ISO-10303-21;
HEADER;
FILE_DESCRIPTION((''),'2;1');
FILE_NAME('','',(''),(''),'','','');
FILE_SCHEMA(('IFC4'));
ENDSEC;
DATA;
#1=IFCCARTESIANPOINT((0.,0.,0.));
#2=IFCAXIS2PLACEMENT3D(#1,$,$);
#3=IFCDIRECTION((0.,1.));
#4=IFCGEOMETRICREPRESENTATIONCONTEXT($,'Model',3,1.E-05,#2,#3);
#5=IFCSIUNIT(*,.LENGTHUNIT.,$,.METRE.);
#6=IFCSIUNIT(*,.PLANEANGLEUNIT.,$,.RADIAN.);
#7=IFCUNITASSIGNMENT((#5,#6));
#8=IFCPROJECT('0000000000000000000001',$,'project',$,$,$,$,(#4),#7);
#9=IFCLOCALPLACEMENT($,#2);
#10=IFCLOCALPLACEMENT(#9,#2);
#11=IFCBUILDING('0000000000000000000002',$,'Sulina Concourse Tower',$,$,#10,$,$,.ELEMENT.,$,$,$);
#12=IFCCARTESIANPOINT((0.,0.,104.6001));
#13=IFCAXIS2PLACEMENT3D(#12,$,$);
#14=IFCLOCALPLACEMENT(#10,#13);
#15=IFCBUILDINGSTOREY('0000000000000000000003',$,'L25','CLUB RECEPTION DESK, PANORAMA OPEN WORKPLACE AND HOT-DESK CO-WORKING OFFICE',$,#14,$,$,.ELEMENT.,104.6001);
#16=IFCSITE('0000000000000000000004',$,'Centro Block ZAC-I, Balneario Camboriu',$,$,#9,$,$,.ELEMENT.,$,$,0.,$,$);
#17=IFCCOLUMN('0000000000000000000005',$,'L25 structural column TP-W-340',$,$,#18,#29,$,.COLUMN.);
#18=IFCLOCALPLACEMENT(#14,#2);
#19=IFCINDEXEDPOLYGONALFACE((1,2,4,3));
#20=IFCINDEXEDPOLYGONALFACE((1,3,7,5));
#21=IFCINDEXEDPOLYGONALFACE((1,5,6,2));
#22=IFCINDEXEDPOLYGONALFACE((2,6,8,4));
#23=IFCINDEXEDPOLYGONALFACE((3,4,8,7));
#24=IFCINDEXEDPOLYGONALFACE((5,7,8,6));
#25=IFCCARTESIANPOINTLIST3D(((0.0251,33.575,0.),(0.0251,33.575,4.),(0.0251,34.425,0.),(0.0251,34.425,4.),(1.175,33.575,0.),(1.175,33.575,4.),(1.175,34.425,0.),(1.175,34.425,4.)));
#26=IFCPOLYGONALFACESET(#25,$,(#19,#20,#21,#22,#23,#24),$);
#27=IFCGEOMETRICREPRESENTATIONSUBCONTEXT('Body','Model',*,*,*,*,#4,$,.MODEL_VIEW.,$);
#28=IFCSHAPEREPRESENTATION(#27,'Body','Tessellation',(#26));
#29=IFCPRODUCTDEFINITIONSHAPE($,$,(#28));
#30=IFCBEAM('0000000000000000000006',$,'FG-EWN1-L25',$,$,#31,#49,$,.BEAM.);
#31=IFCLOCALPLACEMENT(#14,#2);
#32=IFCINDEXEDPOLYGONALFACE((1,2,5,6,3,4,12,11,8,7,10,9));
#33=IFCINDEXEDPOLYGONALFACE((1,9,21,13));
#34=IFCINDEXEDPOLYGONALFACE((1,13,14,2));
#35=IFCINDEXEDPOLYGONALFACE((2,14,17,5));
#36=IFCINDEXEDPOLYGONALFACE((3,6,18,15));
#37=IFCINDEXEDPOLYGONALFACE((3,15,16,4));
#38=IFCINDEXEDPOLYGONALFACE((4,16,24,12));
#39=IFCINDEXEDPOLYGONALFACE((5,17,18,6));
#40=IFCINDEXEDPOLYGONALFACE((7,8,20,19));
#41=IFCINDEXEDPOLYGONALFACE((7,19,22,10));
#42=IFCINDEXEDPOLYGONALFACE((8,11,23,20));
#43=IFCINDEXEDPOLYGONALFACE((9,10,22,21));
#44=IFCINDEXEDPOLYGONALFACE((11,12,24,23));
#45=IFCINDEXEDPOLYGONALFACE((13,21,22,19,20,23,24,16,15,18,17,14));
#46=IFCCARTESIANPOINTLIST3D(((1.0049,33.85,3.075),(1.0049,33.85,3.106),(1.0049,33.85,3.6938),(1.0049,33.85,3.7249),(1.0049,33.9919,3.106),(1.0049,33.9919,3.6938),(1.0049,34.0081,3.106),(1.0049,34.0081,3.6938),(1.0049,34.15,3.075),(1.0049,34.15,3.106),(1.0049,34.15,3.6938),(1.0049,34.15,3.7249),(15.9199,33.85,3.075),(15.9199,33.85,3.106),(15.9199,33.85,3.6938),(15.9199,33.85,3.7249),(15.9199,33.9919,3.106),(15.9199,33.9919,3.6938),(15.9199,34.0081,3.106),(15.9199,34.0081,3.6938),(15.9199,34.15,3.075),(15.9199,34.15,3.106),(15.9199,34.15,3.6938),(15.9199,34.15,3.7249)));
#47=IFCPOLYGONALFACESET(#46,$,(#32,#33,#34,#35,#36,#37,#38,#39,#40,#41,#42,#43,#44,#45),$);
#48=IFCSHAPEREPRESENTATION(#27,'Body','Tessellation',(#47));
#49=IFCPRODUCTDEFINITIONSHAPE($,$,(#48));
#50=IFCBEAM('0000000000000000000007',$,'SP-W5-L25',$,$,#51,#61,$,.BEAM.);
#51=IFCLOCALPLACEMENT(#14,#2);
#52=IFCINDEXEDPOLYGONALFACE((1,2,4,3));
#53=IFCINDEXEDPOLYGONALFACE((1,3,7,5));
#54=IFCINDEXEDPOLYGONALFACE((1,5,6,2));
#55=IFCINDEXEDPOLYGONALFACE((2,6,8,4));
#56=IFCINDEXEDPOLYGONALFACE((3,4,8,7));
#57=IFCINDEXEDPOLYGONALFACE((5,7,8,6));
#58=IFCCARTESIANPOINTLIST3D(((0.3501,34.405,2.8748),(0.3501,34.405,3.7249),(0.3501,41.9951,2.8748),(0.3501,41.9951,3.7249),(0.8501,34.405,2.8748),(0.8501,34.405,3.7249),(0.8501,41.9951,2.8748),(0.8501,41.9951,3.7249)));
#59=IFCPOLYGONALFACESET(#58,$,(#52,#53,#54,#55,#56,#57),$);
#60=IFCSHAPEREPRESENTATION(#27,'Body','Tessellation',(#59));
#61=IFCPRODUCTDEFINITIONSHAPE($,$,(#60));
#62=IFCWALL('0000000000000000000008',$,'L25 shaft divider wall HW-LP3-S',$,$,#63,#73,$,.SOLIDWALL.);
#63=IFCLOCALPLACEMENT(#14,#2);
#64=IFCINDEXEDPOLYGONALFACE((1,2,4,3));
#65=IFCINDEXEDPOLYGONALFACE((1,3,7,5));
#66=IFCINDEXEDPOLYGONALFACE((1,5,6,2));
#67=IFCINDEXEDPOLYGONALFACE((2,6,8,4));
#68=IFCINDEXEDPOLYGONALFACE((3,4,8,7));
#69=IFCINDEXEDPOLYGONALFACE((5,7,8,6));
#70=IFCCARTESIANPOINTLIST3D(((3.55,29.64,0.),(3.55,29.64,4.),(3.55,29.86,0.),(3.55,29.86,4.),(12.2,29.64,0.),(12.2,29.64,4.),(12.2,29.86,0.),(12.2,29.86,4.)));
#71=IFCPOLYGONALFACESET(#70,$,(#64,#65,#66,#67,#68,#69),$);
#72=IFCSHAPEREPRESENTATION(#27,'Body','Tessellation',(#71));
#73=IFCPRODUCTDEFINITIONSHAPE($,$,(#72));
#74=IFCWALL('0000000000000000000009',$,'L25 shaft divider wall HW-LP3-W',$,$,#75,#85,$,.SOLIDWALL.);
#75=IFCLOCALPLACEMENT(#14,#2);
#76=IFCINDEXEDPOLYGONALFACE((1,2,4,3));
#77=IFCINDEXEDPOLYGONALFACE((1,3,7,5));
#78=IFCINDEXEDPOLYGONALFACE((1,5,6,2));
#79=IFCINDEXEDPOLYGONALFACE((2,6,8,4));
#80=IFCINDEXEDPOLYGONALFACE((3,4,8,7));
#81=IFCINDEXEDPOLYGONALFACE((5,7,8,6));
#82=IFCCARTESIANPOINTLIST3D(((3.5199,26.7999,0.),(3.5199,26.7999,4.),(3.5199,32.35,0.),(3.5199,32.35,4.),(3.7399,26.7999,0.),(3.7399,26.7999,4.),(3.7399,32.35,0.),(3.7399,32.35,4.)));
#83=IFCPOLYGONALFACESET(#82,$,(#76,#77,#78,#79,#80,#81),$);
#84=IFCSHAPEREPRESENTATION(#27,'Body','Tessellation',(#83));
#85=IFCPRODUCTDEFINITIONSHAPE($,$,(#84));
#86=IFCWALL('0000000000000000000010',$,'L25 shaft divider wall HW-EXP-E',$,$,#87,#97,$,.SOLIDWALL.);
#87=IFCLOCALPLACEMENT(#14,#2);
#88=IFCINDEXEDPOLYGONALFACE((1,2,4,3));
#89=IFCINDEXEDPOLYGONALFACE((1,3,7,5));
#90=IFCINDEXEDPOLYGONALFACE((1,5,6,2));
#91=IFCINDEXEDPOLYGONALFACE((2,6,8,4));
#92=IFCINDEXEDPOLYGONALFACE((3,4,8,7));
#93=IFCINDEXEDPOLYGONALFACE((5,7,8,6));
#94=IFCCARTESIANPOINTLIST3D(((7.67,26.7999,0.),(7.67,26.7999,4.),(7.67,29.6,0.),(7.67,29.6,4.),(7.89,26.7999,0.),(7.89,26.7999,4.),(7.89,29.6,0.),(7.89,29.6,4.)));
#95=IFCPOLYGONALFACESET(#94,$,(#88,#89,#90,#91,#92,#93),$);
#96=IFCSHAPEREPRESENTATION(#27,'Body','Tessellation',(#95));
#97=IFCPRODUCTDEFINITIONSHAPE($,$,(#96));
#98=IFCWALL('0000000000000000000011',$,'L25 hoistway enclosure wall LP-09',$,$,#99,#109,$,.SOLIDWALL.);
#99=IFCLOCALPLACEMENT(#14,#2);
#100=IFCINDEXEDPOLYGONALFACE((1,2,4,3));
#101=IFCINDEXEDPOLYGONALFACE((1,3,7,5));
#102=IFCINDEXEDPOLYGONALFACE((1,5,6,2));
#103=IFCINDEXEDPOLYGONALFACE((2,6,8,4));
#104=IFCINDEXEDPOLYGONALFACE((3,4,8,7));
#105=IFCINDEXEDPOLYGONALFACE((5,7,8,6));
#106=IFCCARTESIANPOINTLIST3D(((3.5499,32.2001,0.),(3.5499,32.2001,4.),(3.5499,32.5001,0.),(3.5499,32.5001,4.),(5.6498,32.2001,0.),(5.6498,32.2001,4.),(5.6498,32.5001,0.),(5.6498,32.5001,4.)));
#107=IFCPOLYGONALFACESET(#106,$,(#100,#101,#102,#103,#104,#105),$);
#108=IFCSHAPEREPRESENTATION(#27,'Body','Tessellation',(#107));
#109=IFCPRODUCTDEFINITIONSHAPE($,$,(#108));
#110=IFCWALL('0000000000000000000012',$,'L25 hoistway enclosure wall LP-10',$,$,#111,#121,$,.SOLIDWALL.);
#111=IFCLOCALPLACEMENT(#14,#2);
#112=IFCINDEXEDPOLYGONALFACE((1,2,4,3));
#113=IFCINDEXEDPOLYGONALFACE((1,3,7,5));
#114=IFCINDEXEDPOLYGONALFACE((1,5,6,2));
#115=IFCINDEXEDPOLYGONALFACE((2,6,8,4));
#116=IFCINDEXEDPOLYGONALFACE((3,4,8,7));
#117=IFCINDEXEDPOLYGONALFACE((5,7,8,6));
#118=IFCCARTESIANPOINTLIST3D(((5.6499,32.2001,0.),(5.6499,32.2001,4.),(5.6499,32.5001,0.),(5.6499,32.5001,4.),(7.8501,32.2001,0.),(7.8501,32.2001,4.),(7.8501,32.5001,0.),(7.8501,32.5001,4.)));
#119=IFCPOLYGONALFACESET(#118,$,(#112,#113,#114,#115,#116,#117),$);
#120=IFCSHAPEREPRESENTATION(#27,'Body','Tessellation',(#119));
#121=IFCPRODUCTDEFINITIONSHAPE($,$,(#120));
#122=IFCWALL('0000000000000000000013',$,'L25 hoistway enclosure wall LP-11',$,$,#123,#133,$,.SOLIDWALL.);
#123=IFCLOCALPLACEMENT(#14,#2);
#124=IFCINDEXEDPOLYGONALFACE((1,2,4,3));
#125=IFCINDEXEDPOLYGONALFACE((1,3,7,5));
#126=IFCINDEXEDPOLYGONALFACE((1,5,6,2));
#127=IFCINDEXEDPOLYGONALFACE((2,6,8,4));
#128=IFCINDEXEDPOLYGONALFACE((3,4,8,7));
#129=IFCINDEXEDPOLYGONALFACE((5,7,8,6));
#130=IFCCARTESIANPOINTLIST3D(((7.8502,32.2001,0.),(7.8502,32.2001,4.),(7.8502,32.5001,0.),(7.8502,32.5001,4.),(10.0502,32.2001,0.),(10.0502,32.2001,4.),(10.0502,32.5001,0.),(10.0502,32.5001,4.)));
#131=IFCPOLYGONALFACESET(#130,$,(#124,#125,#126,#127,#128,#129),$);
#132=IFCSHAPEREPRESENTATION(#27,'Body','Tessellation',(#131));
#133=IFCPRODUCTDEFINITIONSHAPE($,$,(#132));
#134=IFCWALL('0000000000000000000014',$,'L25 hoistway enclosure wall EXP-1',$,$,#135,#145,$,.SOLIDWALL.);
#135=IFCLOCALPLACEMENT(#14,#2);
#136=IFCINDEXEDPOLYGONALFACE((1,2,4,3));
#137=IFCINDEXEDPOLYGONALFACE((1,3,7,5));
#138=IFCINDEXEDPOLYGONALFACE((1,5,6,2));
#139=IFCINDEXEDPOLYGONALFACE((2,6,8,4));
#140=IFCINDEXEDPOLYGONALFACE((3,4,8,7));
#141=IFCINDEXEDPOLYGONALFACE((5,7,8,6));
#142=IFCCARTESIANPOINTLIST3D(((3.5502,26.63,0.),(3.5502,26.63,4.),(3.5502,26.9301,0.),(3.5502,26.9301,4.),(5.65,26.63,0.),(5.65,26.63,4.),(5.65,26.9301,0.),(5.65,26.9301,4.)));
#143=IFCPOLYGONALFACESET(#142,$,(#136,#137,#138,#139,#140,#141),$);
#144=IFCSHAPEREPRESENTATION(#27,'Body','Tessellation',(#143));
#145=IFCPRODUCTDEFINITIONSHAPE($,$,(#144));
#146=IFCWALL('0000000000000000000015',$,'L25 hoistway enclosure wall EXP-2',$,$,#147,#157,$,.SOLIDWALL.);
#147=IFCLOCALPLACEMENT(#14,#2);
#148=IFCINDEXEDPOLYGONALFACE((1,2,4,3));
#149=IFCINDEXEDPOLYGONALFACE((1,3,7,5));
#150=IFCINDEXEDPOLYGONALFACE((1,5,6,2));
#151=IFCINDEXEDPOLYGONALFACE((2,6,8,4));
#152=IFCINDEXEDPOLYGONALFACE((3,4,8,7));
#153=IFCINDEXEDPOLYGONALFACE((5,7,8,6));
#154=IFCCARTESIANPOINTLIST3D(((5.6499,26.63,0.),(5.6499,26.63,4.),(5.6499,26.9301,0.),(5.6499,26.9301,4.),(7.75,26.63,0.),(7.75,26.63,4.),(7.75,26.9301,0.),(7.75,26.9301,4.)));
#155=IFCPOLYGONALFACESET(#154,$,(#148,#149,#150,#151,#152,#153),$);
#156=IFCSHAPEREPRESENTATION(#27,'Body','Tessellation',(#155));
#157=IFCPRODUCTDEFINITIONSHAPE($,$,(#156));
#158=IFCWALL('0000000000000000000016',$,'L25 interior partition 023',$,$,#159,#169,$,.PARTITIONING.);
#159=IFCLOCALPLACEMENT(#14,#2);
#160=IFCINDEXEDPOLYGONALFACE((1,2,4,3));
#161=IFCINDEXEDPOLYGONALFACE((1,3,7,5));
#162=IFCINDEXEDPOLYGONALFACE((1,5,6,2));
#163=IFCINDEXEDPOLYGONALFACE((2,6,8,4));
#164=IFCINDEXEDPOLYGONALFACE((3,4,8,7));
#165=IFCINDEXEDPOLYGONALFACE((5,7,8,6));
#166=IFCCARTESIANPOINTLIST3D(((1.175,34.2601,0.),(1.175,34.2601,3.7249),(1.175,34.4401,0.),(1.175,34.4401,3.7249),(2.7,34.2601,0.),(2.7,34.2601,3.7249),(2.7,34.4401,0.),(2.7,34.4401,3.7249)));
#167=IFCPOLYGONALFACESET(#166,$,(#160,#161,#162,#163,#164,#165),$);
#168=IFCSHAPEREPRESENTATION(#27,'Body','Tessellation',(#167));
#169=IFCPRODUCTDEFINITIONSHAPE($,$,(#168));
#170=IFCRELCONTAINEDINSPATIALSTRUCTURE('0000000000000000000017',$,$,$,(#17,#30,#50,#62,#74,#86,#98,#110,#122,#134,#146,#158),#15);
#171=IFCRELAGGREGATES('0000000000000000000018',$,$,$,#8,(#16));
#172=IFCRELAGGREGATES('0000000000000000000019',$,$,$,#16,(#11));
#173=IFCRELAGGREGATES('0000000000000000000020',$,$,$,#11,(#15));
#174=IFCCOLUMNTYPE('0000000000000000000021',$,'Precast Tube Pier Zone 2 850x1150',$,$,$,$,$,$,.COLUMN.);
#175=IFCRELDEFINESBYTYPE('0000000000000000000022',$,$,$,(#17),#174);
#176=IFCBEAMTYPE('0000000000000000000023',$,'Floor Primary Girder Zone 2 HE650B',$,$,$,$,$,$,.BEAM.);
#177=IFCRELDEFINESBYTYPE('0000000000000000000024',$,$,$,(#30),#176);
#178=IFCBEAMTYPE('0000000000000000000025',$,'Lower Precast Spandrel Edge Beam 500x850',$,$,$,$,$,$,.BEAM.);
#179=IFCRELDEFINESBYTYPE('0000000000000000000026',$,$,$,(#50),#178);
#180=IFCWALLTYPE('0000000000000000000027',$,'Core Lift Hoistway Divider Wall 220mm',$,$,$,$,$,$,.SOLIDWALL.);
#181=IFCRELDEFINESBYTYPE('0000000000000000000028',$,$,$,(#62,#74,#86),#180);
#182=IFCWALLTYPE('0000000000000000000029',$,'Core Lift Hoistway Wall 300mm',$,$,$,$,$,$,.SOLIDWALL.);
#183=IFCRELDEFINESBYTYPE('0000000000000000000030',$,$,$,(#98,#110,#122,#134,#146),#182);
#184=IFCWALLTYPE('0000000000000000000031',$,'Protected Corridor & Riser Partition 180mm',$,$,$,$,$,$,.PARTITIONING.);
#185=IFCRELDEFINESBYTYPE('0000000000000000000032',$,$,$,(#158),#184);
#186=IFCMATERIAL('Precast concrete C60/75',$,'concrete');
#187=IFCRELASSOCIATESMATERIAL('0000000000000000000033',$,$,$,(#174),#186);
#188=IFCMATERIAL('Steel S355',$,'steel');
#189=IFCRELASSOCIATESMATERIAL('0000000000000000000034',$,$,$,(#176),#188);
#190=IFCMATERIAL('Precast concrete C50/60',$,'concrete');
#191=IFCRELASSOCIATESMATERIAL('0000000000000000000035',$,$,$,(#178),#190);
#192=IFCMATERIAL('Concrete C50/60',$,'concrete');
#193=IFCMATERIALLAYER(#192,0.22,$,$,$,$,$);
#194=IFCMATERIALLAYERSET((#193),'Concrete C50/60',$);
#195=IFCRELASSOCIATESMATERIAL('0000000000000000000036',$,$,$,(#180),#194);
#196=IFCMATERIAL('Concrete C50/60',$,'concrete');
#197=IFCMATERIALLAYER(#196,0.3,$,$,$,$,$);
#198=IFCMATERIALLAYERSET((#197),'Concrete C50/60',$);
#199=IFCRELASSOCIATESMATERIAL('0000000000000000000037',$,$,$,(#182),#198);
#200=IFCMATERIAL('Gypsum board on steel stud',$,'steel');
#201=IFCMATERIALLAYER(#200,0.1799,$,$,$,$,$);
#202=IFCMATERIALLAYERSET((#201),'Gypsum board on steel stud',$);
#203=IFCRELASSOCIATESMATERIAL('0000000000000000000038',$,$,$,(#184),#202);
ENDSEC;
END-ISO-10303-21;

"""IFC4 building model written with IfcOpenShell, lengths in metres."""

from ifc_helpers import new_model, si_unit, direction, frame, frame_2d, origin, origin_2d, place, context, subcontext, project, spatial, rectangle, i_section, extrude, material, layer, layer_set, material_profile, profile_set, type_object, element, save


model = new_model("IFC4")

# Units and contexts
model_context = context("Model", 3, precision=1e-05, world=origin(), true_north=direction((0.0, 1.0)))
body_context = subcontext(model_context, "Body", "Model", "MODEL_VIEW")
ifc_project = project(units=[si_unit("LENGTHUNIT", "METRE"), si_unit("PLANEANGLEUNIT", "RADIAN")], contexts=[model_context])

# Site, building, storey
site_placement = place(None, origin())
site = spatial("IfcSite", under=ifc_project, at=site_placement, Name="Centro Block ZAC-I, Balneario Camboriu", CompositionType="ELEMENT", RefElevation=0.0)
building_placement = place(site_placement, origin())
building = spatial("IfcBuilding", under=site, at=building_placement, Name="Sulina Concourse Tower", CompositionType="ELEMENT")
storey_placement = place(building_placement, frame((0.0, 0.0, 104.6001)))
storey = spatial("IfcBuildingStorey", under=building, at=storey_placement, Name="L25", Description="CLUB RECEPTION DESK, PANORAMA OPEN WORKPLACE AND HOT-DESK CO-WORKING OFFICE", CompositionType="ELEMENT", Elevation=104.6001)

# Column
ifc_material_1 = material(Name="Precast concrete C60/75", Category="concrete")
ifc_material_profile_1 = material_profile(ifc_material_1, rectangle(XDim=0.8501, YDim=1.1499, at=origin_2d()), Name="PC 850x1150")
ifc_profile_set_1 = profile_set([ifc_material_profile_1], Name="Precast concrete C60/75")
column_type = type_object("IfcColumnType", Name="Precast Tube Pier Zone 2 850x1150", PredefinedType="COLUMN", material=ifc_profile_set_1)
column_placement = place(storey_placement, frame((0.6001, 34.0, 0.0), z_axis=(0.0, 0.0, 1.0), x_axis=(0.0, 1.0, 0.0)))
element("IfcColumn", 1, at=column_placement, inside=storey, type_object=column_type, Name="L25 structural column TP-W-340", PredefinedType="COLUMN", context=body_context, shape_type="SweptSolid", body=[
    extrude(rectangle(XDim=0.8501, YDim=1.1499, at=origin_2d()), origin(), (0.0, 0.0, 1.0), 4.0),
])

# Beams
ifc_material_2 = material(Name="Steel S355", Category="steel")
ifc_material_profile_2 = material_profile(ifc_material_2, i_section(OverallWidth=0.3, OverallDepth=0.6499, WebThickness=0.0161, FlangeThickness=0.031, at=origin_2d()), Name="HE 650 B")
ifc_profile_set_2 = profile_set([ifc_material_profile_2], Name="Steel S355")
beam_type_1 = type_object("IfcBeamType", Name="Floor Primary Girder Zone 2 HE650B", PredefinedType="BEAM", material=ifc_profile_set_2)
beam_1_placement = place(storey_placement, frame((1.0049, 34.0, 3.3999), z_axis=(1.0, 0.0, 0.0), x_axis=(0.0, 1.0, 0.0)))
element("IfcBeam", 2, at=beam_1_placement, inside=storey, type_object=beam_type_1, Name="FG-EWN1-L25", PredefinedType="BEAM", context=body_context, shape_type="SweptSolid", body=[
    extrude(i_section(OverallWidth=0.3, OverallDepth=0.6499, WebThickness=0.0161, FlangeThickness=0.031, at=origin_2d()), origin(), (0.0, 0.0, 1.0), 14.915),
])
ifc_material_3 = material(Name="Precast concrete C50/60", Category="concrete")
ifc_material_profile_3 = material_profile(ifc_material_3, rectangle(XDim=0.5, YDim=0.8501, at=origin_2d()), Name="RC 500x850")
ifc_profile_set_3 = profile_set([ifc_material_profile_3], Name="Precast concrete C50/60")
beam_type_2 = type_object("IfcBeamType", Name="Lower Precast Spandrel Edge Beam 500x850", PredefinedType="BEAM", material=ifc_profile_set_3)
beam_2_placement = place(storey_placement, frame((0.6001, 34.405, 3.2998), z_axis=(0.0, 1.0, 0.0), x_axis=(-1.0, 0.0, 0.0)))
element("IfcBeam", 3, at=beam_2_placement, inside=storey, type_object=beam_type_2, Name="SP-W5-L25", PredefinedType="BEAM", context=body_context, shape_type="SweptSolid", body=[
    extrude(rectangle(XDim=0.5, YDim=0.8501, at=origin_2d()), origin(), (0.0, 0.0, 1.0), 7.5901),
])

# Walls
ifc_material_4 = material(Name="Concrete C50/60", Category="concrete")
ifc_layer_1 = layer(ifc_material_4, 0.22)
ifc_layer_set_1 = layer_set([ifc_layer_1], Name="Concrete C50/60")
wall_type_1 = type_object("IfcWallType", Name="Core Lift Hoistway Divider Wall 220mm", PredefinedType="SOLIDWALL", material=ifc_layer_set_1)
wall_1_placement = place(storey_placement, frame((3.55, 29.75, 0.0), z_axis=(0.0, 0.0, 1.0), x_axis=(1.0, 0.0, 0.0)))
element("IfcWall", 4, at=wall_1_placement, inside=storey, type_object=wall_type_1, Name="L25 shaft divider wall HW-LP3-S", PredefinedType="SOLIDWALL", context=body_context, shape_type="SweptSolid", body=[
    extrude(rectangle(XDim=8.6499, YDim=0.22, at=frame_2d((4.325, 0.0))), origin(), (0.0, 0.0, 1.0), 4.0),
])
wall_2_placement = place(storey_placement, frame((3.6299, 26.8, 0.0), z_axis=(0.0, 0.0, 1.0), x_axis=(0.0, 1.0, 0.0)))
element("IfcWall", 5, at=wall_2_placement, inside=storey, type_object=wall_type_1, Name="L25 shaft divider wall HW-LP3-W", PredefinedType="SOLIDWALL", context=body_context, shape_type="SweptSolid", body=[
    extrude(rectangle(XDim=5.55, YDim=0.22, at=frame_2d((2.7749, 0.0))), origin(), (0.0, 0.0, 1.0), 4.0),
])
wall_3_placement = place(storey_placement, frame((7.78, 26.8, 0.0), z_axis=(0.0, 0.0, 1.0), x_axis=(0.0, 1.0, 0.0)))
element("IfcWall", 6, at=wall_3_placement, inside=storey, type_object=wall_type_1, Name="L25 shaft divider wall HW-EXP-E", PredefinedType="SOLIDWALL", context=body_context, shape_type="SweptSolid", body=[
    extrude(rectangle(XDim=2.8, YDim=0.22, at=frame_2d((1.3999, 0.0))), origin(), (0.0, 0.0, 1.0), 4.0),
])
ifc_material_5 = material(Name="Concrete C50/60", Category="concrete")
ifc_layer_2 = layer(ifc_material_5, 0.3)
ifc_layer_set_2 = layer_set([ifc_layer_2], Name="Concrete C50/60")
wall_type_2 = type_object("IfcWallType", Name="Core Lift Hoistway Wall 300mm", PredefinedType="SOLIDWALL", material=ifc_layer_set_2)
wall_4_placement = place(storey_placement, frame((3.55, 32.3501, 0.0), z_axis=(0.0, 0.0, 1.0), x_axis=(1.0, 0.0, 0.0)))
element("IfcWall", 7, at=wall_4_placement, inside=storey, type_object=wall_type_2, Name="L25 hoistway enclosure wall LP-09", PredefinedType="SOLIDWALL", context=body_context, shape_type="SweptSolid", body=[
    extrude(rectangle(XDim=2.0999, YDim=0.3, at=frame_2d((1.0498, 0.0))), origin(), (0.0, 0.0, 1.0), 4.0),
])
wall_5_placement = place(storey_placement, frame((5.6499, 32.3501, 0.0), z_axis=(0.0, 0.0, 1.0), x_axis=(1.0, 0.0, 0.0)))
element("IfcWall", 8, at=wall_5_placement, inside=storey, type_object=wall_type_2, Name="L25 hoistway enclosure wall LP-10", PredefinedType="SOLIDWALL", context=body_context, shape_type="SweptSolid", body=[
    extrude(rectangle(XDim=2.2002, YDim=0.3, at=frame_2d((1.1001, 0.0))), origin(), (0.0, 0.0, 1.0), 4.0),
])
wall_6_placement = place(storey_placement, frame((7.8501, 32.3501, 0.0), z_axis=(0.0, 0.0, 1.0), x_axis=(1.0, 0.0, 0.0)))
element("IfcWall", 9, at=wall_6_placement, inside=storey, type_object=wall_type_2, Name="L25 hoistway enclosure wall LP-11", PredefinedType="SOLIDWALL", context=body_context, shape_type="SweptSolid", body=[
    extrude(rectangle(XDim=2.2, YDim=0.3, at=frame_2d((1.1001, 0.0))), origin(), (0.0, 0.0, 1.0), 4.0),
])
wall_7_placement = place(storey_placement, frame((5.6499, 26.78, 0.0), z_axis=(0.0, 0.0, 1.0), x_axis=(-1.0, 0.0, 0.0)))
element("IfcWall", 10, at=wall_7_placement, inside=storey, type_object=wall_type_2, Name="L25 hoistway enclosure wall EXP-1", PredefinedType="SOLIDWALL", context=body_context, shape_type="SweptSolid", body=[
    extrude(rectangle(XDim=2.0999, YDim=0.3, at=frame_2d((1.0498, 0.0))), origin(), (0.0, 0.0, 1.0), 4.0),
])
wall_8_placement = place(storey_placement, frame((7.75, 26.78, 0.0), z_axis=(0.0, 0.0, 1.0), x_axis=(-1.0, 0.0, 0.0)))
element("IfcWall", 11, at=wall_8_placement, inside=storey, type_object=wall_type_2, Name="L25 hoistway enclosure wall EXP-2", PredefinedType="SOLIDWALL", context=body_context, shape_type="SweptSolid", body=[
    extrude(rectangle(XDim=2.1001, YDim=0.3, at=frame_2d((1.05, 0.0))), origin(), (0.0, 0.0, 1.0), 4.0),
])
ifc_material_6 = material(Name="Gypsum board on steel stud", Category="steel")
ifc_layer_3 = layer(ifc_material_6, 0.1799)
ifc_layer_set_3 = layer_set([ifc_layer_3], Name="Gypsum board on steel stud")
wall_type_3 = type_object("IfcWallType", Name="Protected Corridor & Riser Partition 180mm", PredefinedType="PARTITIONING", material=ifc_layer_set_3)
wall_9_placement = place(storey_placement, frame((1.175, 34.3501, 0.0), z_axis=(0.0, 0.0, 1.0), x_axis=(1.0, 0.0, 0.0)))
element("IfcWall", 12, at=wall_9_placement, inside=storey, type_object=wall_type_3, Name="L25 interior partition 023", PredefinedType="PARTITIONING", context=body_context, shape_type="SweptSolid", body=[
    extrude(rectangle(XDim=1.5249, YDim=0.1799, at=frame_2d((0.7625, 0.0))), origin(), (0.0, 0.0, 1.0), 3.7249),
])

save(model, "model.ifc")
